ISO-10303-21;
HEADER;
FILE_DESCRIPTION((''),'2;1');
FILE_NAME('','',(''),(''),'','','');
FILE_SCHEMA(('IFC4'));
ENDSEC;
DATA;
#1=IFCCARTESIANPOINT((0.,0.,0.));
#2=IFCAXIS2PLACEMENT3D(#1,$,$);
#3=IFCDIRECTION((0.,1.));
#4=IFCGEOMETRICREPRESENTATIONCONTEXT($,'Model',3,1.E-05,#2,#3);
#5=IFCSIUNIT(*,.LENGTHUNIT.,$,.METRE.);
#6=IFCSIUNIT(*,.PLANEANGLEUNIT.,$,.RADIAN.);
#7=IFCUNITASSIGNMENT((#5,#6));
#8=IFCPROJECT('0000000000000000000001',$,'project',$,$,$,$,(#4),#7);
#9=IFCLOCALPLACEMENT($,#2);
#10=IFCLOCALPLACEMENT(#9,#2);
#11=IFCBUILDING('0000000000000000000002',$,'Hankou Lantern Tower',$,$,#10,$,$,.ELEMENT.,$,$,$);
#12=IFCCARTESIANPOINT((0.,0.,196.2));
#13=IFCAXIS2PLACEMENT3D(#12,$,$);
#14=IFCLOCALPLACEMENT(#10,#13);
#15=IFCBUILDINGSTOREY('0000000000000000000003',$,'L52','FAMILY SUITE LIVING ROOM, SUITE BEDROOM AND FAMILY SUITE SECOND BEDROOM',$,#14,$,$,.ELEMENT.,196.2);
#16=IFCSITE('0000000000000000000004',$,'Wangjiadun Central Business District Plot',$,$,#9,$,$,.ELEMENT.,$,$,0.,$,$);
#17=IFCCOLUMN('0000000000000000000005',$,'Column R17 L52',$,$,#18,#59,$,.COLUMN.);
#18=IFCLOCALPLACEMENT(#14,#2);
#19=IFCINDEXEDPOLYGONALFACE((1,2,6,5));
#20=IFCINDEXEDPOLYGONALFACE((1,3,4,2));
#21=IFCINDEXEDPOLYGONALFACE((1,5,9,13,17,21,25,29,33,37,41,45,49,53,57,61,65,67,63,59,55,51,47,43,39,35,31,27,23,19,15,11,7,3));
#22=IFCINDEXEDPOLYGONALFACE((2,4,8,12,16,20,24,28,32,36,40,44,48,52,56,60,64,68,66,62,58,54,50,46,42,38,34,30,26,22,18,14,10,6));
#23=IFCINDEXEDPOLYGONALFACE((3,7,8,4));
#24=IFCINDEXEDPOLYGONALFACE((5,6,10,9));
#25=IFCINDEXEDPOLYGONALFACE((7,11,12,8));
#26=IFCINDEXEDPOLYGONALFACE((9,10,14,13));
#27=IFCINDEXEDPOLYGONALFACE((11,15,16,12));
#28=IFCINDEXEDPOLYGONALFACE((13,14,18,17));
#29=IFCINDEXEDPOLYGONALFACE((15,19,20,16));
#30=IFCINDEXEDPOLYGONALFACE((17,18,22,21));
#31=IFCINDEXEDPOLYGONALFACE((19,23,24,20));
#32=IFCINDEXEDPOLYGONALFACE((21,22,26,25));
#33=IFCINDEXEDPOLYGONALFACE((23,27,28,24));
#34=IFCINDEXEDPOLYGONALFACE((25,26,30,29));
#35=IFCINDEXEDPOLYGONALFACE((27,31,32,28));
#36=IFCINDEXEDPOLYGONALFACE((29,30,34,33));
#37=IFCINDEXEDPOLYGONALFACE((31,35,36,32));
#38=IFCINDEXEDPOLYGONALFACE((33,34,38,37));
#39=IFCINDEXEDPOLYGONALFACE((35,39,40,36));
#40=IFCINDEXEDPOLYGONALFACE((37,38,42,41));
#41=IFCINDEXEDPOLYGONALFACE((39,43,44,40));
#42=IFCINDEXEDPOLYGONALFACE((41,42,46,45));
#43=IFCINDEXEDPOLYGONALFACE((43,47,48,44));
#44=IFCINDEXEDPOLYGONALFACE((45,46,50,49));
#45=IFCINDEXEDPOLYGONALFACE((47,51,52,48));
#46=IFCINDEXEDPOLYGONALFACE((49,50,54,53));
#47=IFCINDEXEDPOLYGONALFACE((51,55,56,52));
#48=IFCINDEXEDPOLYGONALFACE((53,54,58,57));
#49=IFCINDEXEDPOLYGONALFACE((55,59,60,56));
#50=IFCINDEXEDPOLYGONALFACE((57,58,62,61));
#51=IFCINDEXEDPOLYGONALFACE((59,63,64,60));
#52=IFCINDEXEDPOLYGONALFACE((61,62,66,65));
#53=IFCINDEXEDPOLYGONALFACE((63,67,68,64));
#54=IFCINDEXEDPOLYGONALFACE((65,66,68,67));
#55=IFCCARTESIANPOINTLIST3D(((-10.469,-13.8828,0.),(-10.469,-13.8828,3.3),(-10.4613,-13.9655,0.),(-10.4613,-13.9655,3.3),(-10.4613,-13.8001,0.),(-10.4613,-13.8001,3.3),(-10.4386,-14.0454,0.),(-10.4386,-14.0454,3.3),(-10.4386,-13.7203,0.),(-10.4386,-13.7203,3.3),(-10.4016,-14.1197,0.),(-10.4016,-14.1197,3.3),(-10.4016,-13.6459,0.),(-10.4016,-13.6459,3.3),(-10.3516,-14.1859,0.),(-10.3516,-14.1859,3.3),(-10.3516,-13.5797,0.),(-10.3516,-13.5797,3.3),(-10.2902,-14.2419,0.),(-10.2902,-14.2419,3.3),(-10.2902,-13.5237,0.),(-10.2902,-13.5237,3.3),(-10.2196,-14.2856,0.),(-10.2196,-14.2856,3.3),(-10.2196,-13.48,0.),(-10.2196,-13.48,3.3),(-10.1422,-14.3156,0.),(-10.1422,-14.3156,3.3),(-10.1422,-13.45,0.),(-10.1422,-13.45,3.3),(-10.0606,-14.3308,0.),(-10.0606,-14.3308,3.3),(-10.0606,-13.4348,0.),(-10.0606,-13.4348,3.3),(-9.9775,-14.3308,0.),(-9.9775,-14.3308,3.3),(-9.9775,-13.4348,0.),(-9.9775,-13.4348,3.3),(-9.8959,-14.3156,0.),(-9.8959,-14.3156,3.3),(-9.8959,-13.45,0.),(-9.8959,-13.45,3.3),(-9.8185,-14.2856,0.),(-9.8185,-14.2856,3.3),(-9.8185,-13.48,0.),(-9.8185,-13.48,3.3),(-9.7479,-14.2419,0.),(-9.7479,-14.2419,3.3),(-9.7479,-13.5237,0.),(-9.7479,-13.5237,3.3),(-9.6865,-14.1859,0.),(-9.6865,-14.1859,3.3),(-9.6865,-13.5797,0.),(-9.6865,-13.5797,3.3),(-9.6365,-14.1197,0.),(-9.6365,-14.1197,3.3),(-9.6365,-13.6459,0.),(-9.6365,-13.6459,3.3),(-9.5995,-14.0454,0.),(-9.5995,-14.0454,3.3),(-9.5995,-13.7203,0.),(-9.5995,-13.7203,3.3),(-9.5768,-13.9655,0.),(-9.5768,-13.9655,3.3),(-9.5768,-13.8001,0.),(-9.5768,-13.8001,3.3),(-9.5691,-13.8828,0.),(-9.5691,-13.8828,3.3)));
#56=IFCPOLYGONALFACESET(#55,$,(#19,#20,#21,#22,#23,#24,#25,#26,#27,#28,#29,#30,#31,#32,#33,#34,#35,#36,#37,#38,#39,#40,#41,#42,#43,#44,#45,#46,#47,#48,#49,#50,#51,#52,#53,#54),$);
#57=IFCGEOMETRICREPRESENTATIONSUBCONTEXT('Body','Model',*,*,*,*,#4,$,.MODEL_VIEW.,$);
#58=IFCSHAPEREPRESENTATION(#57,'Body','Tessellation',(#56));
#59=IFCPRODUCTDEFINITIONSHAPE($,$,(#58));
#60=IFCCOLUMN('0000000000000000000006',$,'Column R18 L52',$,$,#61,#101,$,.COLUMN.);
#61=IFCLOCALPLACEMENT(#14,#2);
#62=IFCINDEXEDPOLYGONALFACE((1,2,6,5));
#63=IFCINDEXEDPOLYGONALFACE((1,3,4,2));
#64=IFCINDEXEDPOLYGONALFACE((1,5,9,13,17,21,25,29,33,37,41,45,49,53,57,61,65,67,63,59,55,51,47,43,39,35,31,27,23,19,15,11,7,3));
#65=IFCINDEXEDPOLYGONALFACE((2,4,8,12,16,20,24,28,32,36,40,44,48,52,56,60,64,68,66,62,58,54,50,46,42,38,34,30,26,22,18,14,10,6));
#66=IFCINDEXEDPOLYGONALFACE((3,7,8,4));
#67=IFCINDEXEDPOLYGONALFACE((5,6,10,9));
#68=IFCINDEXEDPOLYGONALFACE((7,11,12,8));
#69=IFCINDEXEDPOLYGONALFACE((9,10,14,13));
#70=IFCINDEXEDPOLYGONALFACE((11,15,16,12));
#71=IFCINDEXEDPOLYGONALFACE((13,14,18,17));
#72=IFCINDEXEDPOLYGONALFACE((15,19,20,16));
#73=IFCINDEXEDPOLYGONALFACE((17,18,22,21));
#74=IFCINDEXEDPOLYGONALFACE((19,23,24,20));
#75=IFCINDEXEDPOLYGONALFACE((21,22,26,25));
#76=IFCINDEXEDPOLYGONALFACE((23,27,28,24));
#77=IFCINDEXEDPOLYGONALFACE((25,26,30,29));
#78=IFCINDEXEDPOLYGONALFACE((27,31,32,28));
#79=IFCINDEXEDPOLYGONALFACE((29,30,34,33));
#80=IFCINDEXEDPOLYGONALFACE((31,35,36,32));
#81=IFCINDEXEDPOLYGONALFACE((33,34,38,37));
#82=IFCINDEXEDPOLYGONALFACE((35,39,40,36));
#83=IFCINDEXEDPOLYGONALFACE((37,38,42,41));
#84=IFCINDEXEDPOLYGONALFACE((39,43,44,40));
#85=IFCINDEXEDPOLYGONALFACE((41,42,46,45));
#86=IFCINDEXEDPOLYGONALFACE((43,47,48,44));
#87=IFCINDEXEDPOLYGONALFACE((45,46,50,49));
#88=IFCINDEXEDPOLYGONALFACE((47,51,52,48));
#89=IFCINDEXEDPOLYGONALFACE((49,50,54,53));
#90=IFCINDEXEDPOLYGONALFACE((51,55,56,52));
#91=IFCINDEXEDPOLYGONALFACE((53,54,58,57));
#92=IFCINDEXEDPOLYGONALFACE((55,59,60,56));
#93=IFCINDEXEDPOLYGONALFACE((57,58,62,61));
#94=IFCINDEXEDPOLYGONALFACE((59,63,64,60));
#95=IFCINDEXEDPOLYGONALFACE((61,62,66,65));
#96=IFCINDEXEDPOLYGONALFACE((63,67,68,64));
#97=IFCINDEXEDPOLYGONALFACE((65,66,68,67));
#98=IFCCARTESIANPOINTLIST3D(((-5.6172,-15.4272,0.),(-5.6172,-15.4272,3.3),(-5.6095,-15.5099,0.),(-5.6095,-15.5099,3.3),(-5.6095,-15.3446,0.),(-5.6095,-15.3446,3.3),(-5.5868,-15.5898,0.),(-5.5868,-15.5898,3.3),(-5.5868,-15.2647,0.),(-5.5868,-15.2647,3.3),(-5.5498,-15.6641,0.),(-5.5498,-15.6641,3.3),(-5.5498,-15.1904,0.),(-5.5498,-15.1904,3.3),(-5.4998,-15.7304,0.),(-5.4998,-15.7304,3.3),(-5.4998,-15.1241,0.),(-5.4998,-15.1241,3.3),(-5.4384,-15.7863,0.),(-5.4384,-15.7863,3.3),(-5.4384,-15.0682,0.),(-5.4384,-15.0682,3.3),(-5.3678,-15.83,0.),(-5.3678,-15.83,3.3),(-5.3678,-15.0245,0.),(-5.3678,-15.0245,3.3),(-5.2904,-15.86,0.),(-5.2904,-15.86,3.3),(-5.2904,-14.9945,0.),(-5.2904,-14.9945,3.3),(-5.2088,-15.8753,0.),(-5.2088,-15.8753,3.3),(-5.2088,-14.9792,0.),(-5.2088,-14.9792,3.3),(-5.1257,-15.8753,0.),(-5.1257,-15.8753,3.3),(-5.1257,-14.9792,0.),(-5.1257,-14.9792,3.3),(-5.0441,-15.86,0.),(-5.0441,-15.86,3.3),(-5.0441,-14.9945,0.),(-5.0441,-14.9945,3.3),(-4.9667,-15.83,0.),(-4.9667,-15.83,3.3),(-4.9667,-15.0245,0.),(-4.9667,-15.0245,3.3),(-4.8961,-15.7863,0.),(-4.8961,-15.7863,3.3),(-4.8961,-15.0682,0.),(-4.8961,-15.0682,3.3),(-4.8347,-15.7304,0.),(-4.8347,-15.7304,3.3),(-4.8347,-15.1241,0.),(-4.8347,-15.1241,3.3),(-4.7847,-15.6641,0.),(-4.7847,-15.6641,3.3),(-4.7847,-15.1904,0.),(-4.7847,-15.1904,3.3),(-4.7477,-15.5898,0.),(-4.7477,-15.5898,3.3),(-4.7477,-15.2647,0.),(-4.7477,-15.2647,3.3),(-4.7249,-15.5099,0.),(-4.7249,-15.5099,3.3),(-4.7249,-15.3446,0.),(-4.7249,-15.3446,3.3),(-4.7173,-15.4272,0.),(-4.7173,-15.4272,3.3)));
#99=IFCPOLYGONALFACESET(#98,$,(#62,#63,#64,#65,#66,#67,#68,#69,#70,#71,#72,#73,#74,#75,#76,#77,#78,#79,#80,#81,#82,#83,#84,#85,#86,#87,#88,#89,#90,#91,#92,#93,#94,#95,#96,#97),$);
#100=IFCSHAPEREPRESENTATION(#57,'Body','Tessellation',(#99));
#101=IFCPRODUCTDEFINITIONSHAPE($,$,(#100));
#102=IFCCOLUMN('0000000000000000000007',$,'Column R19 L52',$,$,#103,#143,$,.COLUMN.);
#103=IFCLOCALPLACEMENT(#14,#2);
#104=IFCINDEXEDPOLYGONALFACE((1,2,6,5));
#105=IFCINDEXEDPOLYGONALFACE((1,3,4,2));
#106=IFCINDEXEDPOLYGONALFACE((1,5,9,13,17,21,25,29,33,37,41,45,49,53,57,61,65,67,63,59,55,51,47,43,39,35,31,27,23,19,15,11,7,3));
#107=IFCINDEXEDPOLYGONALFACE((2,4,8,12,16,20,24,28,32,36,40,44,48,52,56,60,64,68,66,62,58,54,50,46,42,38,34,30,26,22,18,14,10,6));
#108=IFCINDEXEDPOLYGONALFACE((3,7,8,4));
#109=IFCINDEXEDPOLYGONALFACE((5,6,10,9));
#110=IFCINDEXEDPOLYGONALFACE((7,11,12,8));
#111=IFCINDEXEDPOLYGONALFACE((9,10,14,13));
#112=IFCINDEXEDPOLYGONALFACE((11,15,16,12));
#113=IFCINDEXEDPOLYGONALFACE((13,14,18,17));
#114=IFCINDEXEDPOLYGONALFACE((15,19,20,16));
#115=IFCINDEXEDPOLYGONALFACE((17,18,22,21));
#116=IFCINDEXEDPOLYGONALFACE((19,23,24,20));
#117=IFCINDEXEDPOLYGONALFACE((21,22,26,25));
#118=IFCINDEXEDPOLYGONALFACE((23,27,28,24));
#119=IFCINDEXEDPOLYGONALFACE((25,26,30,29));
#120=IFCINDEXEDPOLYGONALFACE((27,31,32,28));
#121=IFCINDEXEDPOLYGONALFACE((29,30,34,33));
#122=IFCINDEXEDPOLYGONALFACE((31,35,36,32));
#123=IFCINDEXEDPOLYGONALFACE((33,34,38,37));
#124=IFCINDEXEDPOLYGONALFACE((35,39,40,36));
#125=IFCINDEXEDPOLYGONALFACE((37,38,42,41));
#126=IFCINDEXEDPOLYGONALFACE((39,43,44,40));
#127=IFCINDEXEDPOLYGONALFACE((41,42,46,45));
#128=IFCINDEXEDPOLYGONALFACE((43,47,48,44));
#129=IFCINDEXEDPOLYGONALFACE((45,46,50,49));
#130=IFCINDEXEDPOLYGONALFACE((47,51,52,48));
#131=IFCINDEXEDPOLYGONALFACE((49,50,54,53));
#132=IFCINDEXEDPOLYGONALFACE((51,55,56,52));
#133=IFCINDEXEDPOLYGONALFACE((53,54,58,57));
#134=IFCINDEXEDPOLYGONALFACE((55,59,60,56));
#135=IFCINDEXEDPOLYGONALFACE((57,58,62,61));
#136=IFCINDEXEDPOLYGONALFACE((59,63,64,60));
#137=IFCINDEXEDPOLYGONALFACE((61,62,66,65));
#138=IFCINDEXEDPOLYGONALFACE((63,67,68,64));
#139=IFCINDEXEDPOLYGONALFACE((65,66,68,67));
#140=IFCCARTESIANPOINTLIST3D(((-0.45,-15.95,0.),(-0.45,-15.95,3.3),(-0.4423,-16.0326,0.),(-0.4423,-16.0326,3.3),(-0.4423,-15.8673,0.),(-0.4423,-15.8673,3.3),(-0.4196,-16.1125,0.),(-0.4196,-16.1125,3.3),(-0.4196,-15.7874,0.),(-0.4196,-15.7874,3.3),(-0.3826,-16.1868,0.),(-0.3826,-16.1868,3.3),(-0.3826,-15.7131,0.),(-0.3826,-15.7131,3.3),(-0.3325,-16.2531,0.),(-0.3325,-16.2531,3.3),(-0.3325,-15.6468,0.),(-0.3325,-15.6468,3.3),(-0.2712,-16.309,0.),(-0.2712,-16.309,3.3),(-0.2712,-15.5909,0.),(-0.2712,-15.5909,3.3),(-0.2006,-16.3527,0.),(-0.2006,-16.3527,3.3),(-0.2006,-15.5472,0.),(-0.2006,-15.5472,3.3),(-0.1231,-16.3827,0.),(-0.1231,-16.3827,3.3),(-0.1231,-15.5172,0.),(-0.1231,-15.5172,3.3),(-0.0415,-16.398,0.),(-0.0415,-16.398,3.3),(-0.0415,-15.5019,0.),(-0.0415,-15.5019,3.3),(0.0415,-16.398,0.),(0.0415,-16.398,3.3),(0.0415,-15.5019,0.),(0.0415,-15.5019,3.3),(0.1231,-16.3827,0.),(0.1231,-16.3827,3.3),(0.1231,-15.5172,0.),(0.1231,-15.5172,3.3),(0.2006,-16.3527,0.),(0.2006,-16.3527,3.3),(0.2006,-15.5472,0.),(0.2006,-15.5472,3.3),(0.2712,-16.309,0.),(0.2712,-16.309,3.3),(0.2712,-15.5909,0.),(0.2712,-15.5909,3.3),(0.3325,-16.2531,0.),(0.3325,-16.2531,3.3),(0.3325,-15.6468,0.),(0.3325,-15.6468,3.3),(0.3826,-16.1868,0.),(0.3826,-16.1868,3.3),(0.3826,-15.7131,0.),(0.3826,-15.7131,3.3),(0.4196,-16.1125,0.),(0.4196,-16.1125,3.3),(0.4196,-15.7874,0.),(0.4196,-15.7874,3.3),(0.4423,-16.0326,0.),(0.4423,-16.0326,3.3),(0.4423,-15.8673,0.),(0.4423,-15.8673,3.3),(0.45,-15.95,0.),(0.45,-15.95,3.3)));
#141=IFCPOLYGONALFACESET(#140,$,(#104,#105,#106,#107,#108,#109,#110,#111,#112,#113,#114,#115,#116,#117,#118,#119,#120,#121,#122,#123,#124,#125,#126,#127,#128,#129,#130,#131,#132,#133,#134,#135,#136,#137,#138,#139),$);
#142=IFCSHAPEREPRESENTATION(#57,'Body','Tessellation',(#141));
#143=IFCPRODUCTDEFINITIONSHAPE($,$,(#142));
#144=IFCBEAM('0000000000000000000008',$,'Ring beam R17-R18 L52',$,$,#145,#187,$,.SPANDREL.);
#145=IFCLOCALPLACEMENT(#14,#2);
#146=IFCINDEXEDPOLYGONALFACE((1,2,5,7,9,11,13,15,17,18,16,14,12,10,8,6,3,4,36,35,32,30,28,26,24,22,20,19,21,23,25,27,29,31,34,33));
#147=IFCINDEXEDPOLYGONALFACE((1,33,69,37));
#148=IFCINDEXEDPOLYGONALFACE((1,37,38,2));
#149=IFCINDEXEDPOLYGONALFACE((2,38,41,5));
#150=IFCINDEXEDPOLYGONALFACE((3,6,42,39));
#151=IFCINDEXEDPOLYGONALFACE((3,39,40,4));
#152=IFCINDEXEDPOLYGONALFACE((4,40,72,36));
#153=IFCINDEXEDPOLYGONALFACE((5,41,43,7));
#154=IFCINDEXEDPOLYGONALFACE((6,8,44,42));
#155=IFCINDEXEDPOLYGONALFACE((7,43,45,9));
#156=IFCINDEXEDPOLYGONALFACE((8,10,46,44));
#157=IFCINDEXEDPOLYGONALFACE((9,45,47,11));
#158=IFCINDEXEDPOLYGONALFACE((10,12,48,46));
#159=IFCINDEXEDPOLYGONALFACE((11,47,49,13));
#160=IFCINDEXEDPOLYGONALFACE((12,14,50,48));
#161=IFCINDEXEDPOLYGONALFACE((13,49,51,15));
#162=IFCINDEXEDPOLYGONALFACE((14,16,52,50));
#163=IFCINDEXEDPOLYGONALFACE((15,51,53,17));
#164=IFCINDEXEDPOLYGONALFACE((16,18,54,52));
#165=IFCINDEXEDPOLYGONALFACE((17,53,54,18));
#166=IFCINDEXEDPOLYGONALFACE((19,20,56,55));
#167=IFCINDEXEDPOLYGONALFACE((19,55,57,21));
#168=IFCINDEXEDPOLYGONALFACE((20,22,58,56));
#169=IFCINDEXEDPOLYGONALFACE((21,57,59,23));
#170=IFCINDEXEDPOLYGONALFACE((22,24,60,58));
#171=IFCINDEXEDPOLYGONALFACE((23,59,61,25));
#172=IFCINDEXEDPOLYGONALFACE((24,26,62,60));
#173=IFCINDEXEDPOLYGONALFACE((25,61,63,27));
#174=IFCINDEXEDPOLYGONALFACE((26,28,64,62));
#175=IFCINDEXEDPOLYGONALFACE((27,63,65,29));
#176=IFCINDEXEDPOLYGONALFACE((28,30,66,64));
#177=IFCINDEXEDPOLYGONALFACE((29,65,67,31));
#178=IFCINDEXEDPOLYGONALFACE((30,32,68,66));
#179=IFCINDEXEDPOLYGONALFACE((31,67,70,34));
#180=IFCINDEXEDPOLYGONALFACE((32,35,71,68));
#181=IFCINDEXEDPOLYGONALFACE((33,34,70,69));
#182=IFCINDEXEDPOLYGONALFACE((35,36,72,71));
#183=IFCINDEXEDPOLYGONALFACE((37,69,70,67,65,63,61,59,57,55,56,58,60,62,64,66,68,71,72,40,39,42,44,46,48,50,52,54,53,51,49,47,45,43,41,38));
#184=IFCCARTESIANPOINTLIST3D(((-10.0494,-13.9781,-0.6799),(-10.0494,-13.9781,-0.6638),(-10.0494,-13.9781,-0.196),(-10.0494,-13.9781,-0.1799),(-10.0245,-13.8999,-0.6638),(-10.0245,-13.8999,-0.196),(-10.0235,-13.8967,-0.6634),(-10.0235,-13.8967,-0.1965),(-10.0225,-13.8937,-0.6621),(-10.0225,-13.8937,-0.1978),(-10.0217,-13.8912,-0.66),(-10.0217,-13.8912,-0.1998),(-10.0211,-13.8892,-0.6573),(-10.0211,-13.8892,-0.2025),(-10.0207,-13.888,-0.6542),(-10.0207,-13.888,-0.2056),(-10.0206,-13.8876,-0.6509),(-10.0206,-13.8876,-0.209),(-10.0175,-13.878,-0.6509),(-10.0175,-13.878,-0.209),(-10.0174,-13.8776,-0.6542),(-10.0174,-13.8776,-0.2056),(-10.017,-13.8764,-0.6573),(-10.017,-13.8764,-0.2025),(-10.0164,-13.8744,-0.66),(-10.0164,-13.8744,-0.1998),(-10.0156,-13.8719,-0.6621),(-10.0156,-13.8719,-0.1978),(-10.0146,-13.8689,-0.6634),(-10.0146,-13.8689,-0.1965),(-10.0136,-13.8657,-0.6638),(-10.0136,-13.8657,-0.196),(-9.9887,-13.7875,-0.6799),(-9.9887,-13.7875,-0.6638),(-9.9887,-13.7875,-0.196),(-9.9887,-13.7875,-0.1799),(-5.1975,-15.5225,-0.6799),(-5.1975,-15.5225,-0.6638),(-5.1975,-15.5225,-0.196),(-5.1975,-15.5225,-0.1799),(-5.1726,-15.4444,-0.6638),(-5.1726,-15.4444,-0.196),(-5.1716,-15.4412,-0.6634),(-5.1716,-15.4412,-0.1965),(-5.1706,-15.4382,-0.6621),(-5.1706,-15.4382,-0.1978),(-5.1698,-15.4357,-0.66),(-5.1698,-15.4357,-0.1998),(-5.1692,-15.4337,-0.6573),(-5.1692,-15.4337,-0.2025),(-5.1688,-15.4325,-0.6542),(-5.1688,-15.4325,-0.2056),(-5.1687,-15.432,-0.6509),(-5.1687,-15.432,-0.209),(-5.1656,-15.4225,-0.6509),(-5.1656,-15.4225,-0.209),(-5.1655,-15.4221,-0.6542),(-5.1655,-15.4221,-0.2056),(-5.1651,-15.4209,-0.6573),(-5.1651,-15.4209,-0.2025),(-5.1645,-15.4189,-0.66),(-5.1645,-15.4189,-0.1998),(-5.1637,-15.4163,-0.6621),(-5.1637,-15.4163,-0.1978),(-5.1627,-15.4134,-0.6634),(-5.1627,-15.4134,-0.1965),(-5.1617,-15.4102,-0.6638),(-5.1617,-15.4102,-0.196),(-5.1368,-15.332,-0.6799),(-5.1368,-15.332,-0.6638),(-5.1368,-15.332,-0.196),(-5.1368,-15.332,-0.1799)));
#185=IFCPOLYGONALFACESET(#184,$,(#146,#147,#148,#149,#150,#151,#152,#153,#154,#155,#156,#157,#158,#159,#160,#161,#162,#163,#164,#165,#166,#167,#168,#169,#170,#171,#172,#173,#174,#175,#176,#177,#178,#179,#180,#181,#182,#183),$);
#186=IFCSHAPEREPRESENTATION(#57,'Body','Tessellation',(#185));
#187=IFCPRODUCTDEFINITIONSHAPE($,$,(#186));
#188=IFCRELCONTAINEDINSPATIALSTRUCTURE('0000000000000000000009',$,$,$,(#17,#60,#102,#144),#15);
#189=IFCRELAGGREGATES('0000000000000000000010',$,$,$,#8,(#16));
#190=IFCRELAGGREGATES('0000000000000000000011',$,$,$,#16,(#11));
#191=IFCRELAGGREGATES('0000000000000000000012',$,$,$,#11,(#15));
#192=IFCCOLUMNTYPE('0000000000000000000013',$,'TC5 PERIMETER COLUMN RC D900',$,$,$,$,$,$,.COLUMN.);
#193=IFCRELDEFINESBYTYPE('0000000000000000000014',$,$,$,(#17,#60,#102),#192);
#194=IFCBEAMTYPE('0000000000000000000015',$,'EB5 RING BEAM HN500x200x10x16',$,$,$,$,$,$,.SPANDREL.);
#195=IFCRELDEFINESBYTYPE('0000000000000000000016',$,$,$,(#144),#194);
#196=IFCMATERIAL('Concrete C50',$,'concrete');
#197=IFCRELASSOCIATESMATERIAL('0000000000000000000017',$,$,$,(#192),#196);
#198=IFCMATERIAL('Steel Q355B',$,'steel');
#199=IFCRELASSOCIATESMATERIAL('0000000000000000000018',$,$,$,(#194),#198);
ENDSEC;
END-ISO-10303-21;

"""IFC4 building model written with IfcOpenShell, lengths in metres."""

from ifc_helpers import new_model, si_unit, direction, frame, origin, origin_2d, place, context, subcontext, project, spatial, circle, i_section, extrude, material, material_profile, profile_set, type_object, element, save


model = new_model("IFC4")

# Units and contexts
model_context = context("Model", 3, precision=1e-05, world=origin(), true_north=direction((0.0, 1.0)))
body_context = subcontext(model_context, "Body", "Model", "MODEL_VIEW")
ifc_project = project(units=[si_unit("LENGTHUNIT", "METRE"), si_unit("PLANEANGLEUNIT", "RADIAN")], contexts=[model_context])

# Site, building, storey
site_placement = place(None, origin())
site = spatial("IfcSite", under=ifc_project, at=site_placement, Name="Wangjiadun Central Business District Plot", CompositionType="ELEMENT", RefElevation=0.0)
building_placement = place(site_placement, origin())
building = spatial("IfcBuilding", under=site, at=building_placement, Name="Hankou Lantern Tower", CompositionType="ELEMENT")
storey_placement = place(building_placement, frame((0.0, 0.0, 196.2)))
storey = spatial("IfcBuildingStorey", under=building, at=storey_placement, Name="L52", Description="FAMILY SUITE LIVING ROOM, SUITE BEDROOM AND FAMILY SUITE SECOND BEDROOM", CompositionType="ELEMENT", Elevation=196.2)

# Columns
ifc_material_1 = material(Name="Concrete C50", Category="concrete")
ifc_material_profile_1 = material_profile(ifc_material_1, circle(Radius=0.45, at=origin_2d()), Name="RC D900")
ifc_profile_set_1 = profile_set([ifc_material_profile_1], Name="Concrete C50")
column_type = type_object("IfcColumnType", Name="TC5 PERIMETER COLUMN RC D900", PredefinedType="COLUMN", material=ifc_profile_set_1)
for number, where, z_axis, x_axis, name in (
    (1, (-10.019, -13.8828, 0.0), (0.0, 0.0, 1.0), (1.0, 0.0, 0.0), "Column R17 L52"),
    (2, (-5.1672, -15.4272, 0.0), (0.0, 0.0, 1.0), (1.0, 0.0, 0.0), "Column R18 L52"),
    (3, (0.0, -15.95, 0.0), (0.0, 0.0, 1.0), (1.0, 0.0, 0.0), "Column R19 L52"),
):
    element("IfcColumn", number, at=place(storey_placement, frame(where, z_axis=z_axis, x_axis=x_axis)), inside=storey, type_object=column_type, Name=name, PredefinedType="COLUMN", context=body_context, shape_type="SweptSolid", body=[
        extrude(circle(Radius=0.45, at=origin_2d()), origin(), (0.0, 0.0, 1.0), 3.3),
    ])

# Beam
ifc_material_2 = material(Name="Steel Q355B", Category="steel")
ifc_material_profile_2 = material_profile(ifc_material_2, i_section(OverallWidth=0.2, OverallDepth=0.5, WebThickness=0.01, FlangeThickness=0.0161, FilletRadius=0.0129, at=origin_2d()), Name="HN500x200x10x16")
ifc_profile_set_2 = profile_set([ifc_material_profile_2], Name="Steel Q355B")
beam_type_1 = type_object("IfcBeamType", Name="EB5 RING BEAM HN500x200x10x16", PredefinedType="SPANDREL", material=ifc_profile_set_2)
beam_1_placement = place(storey_placement, frame((-10.019, -13.8828, -0.4299), z_axis=(0.952887, -0.303324, 0.0), x_axis=(0.303324, 0.952887, 0.0)))
element("IfcBeam", 4, at=beam_1_placement, inside=storey, type_object=beam_type_1, Name="Ring beam R17-R18 L52", PredefinedType="SPANDREL", context=body_context, shape_type="SweptSolid", body=[
    extrude(i_section(OverallWidth=0.2, OverallDepth=0.5, WebThickness=0.01, FlangeThickness=0.0161, FilletRadius=0.0129, at=origin_2d()), origin(), (0.0, 0.0, 1.0), 5.0918),
])

save(model, "model.ifc")
